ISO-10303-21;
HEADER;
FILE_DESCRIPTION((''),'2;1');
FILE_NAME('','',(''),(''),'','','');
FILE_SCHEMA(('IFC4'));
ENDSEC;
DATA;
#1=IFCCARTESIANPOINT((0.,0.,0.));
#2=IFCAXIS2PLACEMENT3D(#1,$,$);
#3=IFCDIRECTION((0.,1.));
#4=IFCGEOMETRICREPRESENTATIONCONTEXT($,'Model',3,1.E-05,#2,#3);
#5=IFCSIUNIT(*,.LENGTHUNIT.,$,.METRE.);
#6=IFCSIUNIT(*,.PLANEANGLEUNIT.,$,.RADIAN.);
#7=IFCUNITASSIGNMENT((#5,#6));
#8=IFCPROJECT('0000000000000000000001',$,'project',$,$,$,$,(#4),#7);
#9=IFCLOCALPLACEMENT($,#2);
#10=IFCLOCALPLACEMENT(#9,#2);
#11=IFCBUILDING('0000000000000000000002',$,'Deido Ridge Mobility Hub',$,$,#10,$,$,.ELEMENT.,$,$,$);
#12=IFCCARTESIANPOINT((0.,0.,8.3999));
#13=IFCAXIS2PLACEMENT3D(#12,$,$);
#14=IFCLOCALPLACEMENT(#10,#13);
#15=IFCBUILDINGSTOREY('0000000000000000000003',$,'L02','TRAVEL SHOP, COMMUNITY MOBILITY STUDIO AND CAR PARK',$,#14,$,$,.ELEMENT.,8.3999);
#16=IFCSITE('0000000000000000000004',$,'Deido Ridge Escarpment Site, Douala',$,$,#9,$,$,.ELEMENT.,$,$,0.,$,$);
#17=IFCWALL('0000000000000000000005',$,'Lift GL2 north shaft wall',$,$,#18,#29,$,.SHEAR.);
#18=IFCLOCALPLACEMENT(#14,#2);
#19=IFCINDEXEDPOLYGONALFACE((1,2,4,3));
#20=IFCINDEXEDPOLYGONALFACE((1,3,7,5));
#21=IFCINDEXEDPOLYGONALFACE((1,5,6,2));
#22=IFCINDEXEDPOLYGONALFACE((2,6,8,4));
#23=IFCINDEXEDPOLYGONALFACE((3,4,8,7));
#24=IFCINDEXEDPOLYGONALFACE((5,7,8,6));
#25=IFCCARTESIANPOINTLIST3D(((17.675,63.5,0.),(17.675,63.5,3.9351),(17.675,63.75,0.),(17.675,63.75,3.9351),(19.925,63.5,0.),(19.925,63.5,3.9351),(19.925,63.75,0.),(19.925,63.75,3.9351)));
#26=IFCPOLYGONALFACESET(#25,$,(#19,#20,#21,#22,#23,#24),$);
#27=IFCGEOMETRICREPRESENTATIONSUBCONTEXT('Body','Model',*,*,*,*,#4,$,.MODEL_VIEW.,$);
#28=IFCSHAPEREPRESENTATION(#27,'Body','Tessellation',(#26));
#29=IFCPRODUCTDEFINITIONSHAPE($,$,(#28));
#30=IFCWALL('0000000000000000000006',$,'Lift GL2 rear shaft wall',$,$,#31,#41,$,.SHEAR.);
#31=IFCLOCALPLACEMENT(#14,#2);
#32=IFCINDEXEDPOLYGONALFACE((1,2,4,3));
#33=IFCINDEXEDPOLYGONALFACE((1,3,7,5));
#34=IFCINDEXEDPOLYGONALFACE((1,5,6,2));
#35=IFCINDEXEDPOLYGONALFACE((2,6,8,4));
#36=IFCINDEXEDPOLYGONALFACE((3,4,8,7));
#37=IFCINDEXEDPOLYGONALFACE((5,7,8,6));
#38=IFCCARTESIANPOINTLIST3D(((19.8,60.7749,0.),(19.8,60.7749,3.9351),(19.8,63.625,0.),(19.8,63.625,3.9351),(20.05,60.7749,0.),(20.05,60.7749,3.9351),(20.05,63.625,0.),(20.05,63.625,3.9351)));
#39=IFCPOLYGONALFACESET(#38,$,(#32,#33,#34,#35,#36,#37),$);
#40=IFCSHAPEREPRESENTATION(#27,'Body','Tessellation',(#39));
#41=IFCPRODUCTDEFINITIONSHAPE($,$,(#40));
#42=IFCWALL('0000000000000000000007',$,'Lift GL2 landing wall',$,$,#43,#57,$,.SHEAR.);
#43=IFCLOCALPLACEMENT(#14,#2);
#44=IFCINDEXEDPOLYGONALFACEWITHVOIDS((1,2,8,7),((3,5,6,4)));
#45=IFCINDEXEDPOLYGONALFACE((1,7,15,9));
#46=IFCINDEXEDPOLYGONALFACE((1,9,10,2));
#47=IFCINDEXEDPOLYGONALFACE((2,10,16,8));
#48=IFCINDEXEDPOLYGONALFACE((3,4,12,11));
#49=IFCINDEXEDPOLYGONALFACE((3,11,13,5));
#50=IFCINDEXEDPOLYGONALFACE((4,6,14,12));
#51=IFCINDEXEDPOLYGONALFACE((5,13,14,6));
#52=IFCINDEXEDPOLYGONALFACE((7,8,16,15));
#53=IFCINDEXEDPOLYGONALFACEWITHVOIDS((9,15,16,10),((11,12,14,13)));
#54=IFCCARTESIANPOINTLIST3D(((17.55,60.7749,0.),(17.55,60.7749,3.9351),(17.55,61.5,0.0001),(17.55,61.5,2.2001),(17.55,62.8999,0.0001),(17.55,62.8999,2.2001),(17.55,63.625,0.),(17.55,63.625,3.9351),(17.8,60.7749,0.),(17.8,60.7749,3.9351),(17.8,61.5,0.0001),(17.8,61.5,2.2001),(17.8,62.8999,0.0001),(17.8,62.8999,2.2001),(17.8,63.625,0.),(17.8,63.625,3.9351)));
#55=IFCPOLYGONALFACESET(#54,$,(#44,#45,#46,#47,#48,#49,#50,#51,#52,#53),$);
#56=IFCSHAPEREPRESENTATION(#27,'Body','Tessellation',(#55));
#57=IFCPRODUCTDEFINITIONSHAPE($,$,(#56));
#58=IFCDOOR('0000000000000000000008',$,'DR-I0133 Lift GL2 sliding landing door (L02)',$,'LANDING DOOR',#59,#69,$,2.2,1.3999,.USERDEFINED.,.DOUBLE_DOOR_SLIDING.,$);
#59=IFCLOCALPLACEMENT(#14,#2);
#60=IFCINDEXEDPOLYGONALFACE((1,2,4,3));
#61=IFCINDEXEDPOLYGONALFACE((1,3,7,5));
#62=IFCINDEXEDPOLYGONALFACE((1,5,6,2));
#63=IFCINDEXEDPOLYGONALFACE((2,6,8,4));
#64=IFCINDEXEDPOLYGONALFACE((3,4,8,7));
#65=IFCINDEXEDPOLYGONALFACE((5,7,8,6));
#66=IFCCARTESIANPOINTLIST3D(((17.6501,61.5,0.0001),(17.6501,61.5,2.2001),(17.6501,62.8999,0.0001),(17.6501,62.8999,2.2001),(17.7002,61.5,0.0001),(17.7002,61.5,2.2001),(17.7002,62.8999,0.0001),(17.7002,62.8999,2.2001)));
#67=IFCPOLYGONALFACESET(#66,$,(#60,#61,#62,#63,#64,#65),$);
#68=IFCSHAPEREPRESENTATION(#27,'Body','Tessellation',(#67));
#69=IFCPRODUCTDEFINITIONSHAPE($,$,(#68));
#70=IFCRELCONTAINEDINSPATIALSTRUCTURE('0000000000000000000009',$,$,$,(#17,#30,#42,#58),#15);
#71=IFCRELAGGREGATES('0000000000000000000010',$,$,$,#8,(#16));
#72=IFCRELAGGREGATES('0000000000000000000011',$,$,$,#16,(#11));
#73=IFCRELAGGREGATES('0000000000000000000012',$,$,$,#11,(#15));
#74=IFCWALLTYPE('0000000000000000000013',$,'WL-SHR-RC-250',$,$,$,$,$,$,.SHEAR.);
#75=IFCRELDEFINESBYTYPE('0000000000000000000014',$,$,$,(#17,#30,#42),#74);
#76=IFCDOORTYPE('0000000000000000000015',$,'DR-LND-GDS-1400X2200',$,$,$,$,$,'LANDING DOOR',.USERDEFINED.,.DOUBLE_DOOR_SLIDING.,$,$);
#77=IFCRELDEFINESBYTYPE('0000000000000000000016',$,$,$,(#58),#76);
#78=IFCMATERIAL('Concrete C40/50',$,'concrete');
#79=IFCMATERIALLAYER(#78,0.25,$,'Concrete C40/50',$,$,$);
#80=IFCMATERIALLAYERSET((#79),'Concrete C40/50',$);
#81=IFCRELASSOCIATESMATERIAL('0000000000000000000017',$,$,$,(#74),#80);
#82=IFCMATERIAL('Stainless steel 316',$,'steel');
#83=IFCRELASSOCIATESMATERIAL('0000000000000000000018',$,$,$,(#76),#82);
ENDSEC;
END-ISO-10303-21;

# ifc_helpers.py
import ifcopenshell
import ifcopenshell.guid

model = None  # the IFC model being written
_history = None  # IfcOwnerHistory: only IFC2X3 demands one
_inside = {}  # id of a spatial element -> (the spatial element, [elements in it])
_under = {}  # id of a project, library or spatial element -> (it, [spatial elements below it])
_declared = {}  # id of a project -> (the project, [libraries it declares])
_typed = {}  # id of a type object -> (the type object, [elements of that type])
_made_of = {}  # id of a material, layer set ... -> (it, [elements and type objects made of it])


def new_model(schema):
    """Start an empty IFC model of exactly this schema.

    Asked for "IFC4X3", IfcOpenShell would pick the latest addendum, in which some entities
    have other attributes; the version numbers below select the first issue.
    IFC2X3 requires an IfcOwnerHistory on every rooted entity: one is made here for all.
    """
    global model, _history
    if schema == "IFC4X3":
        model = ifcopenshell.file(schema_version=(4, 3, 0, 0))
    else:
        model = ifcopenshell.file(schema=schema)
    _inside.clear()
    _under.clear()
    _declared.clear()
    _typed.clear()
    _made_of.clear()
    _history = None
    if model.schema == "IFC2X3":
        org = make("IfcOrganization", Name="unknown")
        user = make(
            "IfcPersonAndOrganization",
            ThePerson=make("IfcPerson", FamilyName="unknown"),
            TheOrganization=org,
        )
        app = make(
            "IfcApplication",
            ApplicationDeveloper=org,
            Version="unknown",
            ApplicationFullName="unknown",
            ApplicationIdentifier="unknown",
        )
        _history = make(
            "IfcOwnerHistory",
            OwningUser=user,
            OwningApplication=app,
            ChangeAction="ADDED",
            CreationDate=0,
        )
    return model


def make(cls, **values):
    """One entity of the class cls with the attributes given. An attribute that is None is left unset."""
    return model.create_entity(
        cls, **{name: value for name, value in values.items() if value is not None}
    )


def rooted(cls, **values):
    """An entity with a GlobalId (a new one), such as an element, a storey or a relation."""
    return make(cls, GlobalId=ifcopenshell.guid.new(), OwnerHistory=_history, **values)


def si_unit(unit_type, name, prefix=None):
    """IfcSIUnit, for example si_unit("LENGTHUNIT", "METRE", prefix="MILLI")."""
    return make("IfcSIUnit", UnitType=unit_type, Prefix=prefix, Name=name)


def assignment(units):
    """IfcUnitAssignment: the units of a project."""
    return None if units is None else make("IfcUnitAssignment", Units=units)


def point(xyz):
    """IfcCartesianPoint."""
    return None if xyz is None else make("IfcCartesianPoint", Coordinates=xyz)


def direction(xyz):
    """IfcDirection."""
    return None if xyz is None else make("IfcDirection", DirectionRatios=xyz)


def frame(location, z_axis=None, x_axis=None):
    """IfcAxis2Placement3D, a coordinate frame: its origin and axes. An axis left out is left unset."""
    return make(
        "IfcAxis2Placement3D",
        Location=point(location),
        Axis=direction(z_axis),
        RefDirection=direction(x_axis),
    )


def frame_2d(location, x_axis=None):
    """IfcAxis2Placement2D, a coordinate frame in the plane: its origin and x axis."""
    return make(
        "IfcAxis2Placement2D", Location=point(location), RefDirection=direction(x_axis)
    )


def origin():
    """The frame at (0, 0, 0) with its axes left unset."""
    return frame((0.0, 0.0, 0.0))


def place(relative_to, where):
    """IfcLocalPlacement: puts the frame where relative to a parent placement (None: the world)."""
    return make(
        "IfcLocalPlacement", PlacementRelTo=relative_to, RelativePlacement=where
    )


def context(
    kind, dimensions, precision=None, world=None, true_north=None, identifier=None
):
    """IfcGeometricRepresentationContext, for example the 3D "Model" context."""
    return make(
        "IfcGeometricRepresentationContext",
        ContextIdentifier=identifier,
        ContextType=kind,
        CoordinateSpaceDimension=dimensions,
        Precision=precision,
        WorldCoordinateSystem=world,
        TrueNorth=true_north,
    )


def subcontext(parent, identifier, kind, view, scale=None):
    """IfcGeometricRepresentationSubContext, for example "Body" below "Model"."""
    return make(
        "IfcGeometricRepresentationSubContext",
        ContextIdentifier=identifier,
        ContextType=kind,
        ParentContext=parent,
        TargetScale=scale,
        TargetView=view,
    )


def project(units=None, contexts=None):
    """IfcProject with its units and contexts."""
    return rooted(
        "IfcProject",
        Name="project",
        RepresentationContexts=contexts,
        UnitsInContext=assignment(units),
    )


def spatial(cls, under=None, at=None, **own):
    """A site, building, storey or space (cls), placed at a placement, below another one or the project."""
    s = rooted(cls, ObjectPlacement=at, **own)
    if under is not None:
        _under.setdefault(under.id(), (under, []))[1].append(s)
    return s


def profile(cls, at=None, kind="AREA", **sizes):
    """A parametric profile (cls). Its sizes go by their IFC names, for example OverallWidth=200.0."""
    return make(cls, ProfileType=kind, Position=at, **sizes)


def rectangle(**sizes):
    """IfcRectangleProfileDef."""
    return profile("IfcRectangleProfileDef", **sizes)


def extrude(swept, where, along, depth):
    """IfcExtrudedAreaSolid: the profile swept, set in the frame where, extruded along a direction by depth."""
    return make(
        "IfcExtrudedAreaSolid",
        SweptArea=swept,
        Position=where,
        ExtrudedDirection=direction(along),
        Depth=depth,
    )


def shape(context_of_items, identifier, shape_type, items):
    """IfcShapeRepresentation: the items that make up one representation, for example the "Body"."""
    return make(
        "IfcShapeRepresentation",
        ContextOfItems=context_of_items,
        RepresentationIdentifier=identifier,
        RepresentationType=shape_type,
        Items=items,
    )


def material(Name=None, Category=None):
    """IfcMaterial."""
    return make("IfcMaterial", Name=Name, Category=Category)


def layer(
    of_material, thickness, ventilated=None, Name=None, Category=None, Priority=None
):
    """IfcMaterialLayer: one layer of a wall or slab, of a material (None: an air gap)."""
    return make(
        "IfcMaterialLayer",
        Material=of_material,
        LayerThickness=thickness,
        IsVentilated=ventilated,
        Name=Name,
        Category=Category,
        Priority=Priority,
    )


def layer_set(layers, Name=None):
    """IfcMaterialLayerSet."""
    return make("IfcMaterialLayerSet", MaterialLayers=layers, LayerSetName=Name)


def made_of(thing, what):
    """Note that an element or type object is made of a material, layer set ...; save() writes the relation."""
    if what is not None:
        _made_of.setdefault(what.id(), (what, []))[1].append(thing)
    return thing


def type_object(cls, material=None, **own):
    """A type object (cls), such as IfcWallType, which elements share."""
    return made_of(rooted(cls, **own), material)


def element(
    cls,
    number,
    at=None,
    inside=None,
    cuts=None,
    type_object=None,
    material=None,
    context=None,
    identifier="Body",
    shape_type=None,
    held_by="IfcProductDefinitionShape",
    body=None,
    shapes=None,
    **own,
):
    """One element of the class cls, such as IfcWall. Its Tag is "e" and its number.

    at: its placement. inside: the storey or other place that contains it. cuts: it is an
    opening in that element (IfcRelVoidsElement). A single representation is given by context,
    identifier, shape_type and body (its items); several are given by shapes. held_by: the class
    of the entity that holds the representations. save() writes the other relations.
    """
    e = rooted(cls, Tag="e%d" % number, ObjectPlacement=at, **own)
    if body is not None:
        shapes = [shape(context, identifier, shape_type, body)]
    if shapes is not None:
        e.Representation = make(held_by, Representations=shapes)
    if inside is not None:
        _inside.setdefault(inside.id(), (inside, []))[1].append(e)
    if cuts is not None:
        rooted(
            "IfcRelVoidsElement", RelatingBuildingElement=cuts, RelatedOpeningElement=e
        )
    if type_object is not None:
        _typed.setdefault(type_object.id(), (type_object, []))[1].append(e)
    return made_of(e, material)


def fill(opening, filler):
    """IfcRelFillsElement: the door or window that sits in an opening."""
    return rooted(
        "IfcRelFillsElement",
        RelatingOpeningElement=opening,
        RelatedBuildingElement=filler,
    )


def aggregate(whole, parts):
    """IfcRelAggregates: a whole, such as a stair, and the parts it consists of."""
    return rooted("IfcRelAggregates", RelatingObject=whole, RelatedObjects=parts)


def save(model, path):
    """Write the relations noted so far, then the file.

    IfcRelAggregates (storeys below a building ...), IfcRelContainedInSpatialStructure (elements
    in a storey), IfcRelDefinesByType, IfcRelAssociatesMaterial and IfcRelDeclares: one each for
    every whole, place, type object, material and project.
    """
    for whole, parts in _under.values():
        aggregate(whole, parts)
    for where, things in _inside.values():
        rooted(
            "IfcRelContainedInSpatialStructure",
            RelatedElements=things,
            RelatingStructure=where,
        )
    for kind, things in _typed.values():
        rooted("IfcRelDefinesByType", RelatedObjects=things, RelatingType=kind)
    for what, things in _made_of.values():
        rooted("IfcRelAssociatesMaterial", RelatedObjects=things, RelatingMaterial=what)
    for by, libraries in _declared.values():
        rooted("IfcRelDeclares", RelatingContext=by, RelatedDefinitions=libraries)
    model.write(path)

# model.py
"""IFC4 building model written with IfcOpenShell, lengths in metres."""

from ifc_helpers import new_model, si_unit, direction, frame, frame_2d, origin, place, context, subcontext, project, spatial, rectangle, extrude, material, layer, layer_set, type_object, element, fill, save


model = new_model("IFC4")

# Units and contexts
model_context = context("Model", 3, precision=1e-05, world=origin(), true_north=direction((0.0, 1.0)))
body_context = subcontext(model_context, "Body", "Model", "MODEL_VIEW")
ifc_project = project(units=[si_unit("LENGTHUNIT", "METRE"), si_unit("PLANEANGLEUNIT", "RADIAN")], contexts=[model_context])

# Site, building, storey
site_placement = place(None, origin())
site = spatial("IfcSite", under=ifc_project, at=site_placement, Name="Deido Ridge Escarpment Site, Douala", CompositionType="ELEMENT", RefElevation=0.0)
building_placement = place(site_placement, origin())
building = spatial("IfcBuilding", under=site, at=building_placement, Name="Deido Ridge Mobility Hub", CompositionType="ELEMENT")
storey_placement = place(building_placement, frame((0.0, 0.0, 8.3999)))
storey = spatial("IfcBuildingStorey", under=building, at=storey_placement, Name="L02", Description="TRAVEL SHOP, COMMUNITY MOBILITY STUDIO AND CAR PARK", CompositionType="ELEMENT", Elevation=8.3999)

# Shared definitions
ifc_material_1 = material(Name="Concrete C40/50", Category="concrete")
ifc_layer_1 = layer(ifc_material_1, 0.25, Name="Concrete C40/50")
ifc_layer_set_1 = layer_set([ifc_layer_1], Name="Concrete C40/50")
wall_type = type_object("IfcWallType", Name="WL-SHR-RC-250", PredefinedType="SHEAR", material=ifc_layer_set_1)

# Shared definitions
ifc_material_2 = material(Name="Stainless steel 316", Category="steel")

# Walls
for number, where, z_axis, x_axis, name in (
    (1, (17.675, 63.625, 0.0), (0.0, 0.0, 1.0), (1.0, 0.0, 0.0), "Lift GL2 north shaft wall"),
):
    element("IfcWall", number, at=place(storey_placement, frame(where, z_axis=z_axis, x_axis=x_axis)), inside=storey, type_object=wall_type, Name=name, PredefinedType="SHEAR", context=body_context, shape_type="SweptSolid", body=[
        extrude(rectangle(XDim=2.25, YDim=0.25, at=frame_2d((1.125, 0.0))), origin(), (0.0, 0.0, 1.0), 3.9351),
    ])
wall_1_placement = place(storey_placement, frame((19.925, 60.7749, 0.0), z_axis=(0.0, 0.0, 1.0), x_axis=(0.0, 1.0, 0.0)))
element("IfcWall", 2, at=wall_1_placement, inside=storey, type_object=wall_type, Name="Lift GL2 rear shaft wall", PredefinedType="SHEAR", context=body_context, shape_type="SweptSolid", body=[
    extrude(rectangle(XDim=2.8501, YDim=0.25, at=frame_2d((1.425, 0.0))), origin(), (0.0, 0.0, 1.0), 3.9351),
])

# Wall, opening, door
wall_2_placement = place(storey_placement, frame((17.675, 60.7749, 0.0), z_axis=(0.0, 0.0, 1.0), x_axis=(0.0, 1.0, 0.0)))
wall_2 = element("IfcWall", 3, at=wall_2_placement, inside=storey, type_object=wall_type, Name="Lift GL2 landing wall", PredefinedType="SHEAR", context=body_context, shape_type="SweptSolid", body=[
    extrude(rectangle(XDim=2.8501, YDim=0.25, at=frame_2d((1.425, 0.0))), origin(), (0.0, 0.0, 1.0), 3.9351),
])
opening_1_placement = place(wall_2_placement, frame((0.7251, 0.0, 0.0)))
opening_1 = element("IfcOpeningElement", 4, at=opening_1_placement, cuts=wall_2, PredefinedType="OPENING", context=body_context, shape_type="SweptSolid", body=[
    extrude(rectangle(XDim=1.3999, YDim=2.2, at=frame_2d((0.7, 1.1001))), frame((0.0, 0.135, 0.0), z_axis=(0.0, -1.0, 0.0), x_axis=(1.0, 0.0, 0.0)), (0.0, 0.0, 1.0), 0.27),
])
door_type_1 = type_object("IfcDoorType", Name="DR-LND-GDS-1400X2200", ElementType="LANDING DOOR", OperationType="DOUBLE_DOOR_SLIDING", PredefinedType="USERDEFINED", material=ifc_material_2)
door_1_placement = place(opening_1_placement, origin())
door_1 = element("IfcDoor", 5, at=door_1_placement, inside=storey, type_object=door_type_1, Name="DR-I0133 Lift GL2 sliding landing door (L02)", ObjectType="LANDING DOOR", OperationType="DOUBLE_DOOR_SLIDING", OverallHeight=2.2, OverallWidth=1.3999, PredefinedType="USERDEFINED", context=body_context, shape_type="SweptSolid", body=[
    extrude(rectangle(XDim=1.3999, YDim=2.2, at=frame_2d((0.7, 1.1001))), frame((0.0, 0.0249, 0.0), z_axis=(0.0, -1.0, 0.0), x_axis=(1.0, 0.0, 0.0)), (0.0, 0.0, 1.0), 0.05),
])
fill(opening_1, door_1)

save(model, "model.ifc")
